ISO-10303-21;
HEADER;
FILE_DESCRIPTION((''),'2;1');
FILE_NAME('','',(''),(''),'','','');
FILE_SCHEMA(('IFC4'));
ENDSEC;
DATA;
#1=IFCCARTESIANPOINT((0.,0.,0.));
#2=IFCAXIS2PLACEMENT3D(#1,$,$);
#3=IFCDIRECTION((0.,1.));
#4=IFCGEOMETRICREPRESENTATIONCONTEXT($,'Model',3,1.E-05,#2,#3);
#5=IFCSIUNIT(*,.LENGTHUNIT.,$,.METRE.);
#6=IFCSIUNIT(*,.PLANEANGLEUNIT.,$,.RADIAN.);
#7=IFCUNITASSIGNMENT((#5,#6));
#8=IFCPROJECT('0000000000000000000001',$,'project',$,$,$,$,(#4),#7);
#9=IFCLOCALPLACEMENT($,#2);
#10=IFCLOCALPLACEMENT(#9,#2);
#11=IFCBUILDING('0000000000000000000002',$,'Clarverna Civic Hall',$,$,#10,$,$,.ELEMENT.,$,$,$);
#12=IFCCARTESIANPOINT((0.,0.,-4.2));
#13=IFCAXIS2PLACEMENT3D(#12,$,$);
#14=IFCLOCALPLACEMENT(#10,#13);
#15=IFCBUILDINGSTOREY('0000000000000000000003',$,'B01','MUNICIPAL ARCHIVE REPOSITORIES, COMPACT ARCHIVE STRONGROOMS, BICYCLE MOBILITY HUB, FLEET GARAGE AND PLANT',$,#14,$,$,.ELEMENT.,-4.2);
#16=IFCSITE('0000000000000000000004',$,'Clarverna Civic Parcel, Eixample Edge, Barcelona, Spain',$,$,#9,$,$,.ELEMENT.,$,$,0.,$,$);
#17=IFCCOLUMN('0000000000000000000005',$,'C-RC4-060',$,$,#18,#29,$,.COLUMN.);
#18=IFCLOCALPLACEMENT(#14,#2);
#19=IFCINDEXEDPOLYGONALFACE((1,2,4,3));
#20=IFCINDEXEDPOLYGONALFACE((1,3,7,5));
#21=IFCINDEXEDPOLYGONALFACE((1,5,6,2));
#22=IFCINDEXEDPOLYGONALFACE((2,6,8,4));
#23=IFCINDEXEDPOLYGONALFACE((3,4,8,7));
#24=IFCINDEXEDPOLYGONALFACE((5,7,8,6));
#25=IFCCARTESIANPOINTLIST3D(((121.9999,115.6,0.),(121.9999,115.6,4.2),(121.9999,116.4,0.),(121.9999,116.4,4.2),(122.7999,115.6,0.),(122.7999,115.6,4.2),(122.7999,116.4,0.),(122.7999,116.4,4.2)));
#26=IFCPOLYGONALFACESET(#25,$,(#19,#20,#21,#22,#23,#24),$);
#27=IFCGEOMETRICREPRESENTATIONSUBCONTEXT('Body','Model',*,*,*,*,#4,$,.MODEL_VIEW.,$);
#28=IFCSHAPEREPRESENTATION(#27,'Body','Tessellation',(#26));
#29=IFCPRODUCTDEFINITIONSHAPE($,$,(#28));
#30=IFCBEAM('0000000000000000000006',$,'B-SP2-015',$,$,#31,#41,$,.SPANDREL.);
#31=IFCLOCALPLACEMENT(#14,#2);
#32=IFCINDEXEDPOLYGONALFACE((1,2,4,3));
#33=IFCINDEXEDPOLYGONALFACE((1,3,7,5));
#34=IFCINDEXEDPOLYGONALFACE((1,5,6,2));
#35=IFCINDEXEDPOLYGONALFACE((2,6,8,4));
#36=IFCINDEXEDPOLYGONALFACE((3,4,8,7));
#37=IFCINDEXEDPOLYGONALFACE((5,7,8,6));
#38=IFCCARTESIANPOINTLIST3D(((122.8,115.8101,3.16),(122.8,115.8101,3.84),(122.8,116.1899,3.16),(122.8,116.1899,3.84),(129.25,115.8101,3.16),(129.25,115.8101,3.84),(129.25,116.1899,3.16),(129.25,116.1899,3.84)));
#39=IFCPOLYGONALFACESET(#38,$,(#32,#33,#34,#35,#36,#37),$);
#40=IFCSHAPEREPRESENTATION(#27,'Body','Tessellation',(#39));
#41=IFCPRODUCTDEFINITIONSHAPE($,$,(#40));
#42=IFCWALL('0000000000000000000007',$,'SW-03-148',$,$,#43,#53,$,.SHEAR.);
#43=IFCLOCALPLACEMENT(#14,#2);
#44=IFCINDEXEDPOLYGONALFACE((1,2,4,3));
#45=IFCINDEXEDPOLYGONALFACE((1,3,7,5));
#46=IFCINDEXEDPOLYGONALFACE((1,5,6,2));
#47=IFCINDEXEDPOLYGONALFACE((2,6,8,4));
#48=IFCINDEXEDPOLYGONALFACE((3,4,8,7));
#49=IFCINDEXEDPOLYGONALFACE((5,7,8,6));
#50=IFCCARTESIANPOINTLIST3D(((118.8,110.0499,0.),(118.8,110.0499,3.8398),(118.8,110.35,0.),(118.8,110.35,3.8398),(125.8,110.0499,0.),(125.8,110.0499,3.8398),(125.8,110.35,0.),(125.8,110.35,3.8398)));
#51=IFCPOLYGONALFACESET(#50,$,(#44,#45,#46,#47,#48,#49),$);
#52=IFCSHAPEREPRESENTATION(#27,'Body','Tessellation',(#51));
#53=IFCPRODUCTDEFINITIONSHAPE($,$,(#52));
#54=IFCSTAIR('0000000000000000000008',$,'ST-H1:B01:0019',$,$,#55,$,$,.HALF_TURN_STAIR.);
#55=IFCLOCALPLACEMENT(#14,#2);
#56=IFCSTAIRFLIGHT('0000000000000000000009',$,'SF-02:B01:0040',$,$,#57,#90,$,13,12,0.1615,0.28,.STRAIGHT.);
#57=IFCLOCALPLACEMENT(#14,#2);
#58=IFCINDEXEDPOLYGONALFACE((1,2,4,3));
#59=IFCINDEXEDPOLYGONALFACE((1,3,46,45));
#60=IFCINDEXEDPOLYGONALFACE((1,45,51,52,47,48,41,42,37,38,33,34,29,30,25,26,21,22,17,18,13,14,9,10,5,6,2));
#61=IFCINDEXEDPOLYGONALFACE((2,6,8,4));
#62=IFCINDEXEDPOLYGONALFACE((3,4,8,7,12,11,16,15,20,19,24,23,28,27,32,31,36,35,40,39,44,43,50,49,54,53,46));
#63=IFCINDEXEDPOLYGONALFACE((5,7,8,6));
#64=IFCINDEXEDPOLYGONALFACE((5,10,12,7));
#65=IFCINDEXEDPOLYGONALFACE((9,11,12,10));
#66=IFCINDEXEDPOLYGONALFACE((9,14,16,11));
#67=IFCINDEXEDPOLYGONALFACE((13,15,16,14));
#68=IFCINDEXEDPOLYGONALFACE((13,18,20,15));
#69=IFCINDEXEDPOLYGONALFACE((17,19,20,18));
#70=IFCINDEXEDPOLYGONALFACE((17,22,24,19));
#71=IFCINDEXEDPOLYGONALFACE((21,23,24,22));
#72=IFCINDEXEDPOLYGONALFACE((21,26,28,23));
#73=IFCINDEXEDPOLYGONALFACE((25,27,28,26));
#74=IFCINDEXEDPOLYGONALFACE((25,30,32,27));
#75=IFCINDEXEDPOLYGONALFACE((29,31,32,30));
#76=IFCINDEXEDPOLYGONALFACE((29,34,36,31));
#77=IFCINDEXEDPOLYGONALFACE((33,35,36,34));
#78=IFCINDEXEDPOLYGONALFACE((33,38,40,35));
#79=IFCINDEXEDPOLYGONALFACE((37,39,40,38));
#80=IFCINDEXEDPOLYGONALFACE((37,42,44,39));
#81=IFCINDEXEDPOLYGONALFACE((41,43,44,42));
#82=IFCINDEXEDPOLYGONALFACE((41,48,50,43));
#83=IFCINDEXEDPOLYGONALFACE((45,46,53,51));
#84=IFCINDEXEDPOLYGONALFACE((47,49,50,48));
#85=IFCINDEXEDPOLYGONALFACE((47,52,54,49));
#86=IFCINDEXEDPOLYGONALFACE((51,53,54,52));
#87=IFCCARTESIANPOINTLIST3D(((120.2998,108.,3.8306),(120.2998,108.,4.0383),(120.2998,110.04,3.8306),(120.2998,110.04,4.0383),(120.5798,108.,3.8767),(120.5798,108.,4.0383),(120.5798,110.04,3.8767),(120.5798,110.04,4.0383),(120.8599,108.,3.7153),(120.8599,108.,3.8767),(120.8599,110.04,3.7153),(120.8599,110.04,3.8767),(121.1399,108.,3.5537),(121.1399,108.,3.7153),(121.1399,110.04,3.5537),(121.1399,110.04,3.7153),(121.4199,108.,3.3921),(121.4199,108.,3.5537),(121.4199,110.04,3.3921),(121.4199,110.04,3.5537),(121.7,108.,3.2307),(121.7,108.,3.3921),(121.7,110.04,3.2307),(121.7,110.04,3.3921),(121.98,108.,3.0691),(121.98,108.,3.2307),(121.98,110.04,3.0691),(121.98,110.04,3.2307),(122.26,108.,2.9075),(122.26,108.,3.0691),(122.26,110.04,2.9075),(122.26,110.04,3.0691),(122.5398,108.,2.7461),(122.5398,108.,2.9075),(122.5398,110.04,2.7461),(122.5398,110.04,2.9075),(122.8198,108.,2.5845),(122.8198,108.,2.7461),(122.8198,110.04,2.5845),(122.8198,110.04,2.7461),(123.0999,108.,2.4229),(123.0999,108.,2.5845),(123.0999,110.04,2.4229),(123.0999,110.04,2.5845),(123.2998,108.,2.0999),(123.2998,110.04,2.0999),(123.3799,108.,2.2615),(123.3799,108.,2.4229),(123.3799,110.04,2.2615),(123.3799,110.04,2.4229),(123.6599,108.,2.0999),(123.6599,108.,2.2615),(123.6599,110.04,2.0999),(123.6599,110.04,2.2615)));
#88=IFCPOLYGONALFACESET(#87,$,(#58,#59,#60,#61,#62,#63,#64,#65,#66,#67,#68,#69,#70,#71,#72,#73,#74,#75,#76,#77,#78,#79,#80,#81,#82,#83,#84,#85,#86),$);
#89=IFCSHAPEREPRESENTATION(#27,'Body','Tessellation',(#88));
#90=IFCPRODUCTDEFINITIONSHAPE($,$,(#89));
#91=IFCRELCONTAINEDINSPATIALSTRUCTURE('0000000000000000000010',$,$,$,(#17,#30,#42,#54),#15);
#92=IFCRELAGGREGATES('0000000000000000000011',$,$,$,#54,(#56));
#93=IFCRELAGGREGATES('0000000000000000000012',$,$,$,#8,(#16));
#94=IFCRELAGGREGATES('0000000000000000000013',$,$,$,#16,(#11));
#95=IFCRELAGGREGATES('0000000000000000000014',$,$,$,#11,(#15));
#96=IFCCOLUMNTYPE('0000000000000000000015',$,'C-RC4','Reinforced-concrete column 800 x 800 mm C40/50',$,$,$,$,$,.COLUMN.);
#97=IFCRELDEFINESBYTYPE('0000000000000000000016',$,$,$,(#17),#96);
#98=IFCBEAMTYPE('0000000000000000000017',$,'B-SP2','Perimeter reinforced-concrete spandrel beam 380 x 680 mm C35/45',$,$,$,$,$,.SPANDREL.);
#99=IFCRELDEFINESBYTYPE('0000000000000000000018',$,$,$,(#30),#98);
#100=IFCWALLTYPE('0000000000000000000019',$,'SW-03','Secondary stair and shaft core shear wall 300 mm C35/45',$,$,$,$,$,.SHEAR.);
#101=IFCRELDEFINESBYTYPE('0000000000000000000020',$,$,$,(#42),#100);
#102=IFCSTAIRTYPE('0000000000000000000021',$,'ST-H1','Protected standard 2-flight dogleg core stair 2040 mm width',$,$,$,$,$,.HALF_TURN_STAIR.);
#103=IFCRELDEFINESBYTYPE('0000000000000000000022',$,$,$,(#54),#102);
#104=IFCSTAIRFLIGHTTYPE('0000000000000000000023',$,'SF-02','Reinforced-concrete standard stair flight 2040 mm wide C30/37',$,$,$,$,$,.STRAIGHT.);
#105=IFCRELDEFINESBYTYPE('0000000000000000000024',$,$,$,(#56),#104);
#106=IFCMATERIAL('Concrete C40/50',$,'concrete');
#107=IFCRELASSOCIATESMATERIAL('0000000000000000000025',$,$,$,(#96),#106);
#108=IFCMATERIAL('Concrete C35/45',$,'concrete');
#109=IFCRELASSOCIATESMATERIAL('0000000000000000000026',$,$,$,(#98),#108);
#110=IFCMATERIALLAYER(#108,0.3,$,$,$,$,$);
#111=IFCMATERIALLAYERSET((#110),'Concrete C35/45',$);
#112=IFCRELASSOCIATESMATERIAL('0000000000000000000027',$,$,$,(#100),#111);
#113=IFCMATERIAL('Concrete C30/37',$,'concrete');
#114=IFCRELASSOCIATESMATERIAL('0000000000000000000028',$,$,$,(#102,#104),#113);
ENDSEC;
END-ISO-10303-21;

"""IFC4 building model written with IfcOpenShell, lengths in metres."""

from ifc_helpers import new_model, si_unit, direction, frame, frame_2d, origin, origin_2d, place, context, subcontext, project, spatial, polyline, rectangle, outline, extrude, material, layer, layer_set, material_profile, profile_set, type_object, element, aggregate, save


model = new_model("IFC4")

# Units and contexts
model_context = context("Model", 3, precision=1e-05, world=origin(), true_north=direction((0.0, 1.0)))
body_context = subcontext(model_context, "Body", "Model", "MODEL_VIEW")
ifc_project = project(units=[si_unit("LENGTHUNIT", "METRE"), si_unit("PLANEANGLEUNIT", "RADIAN")], contexts=[model_context])

# Site, building, storey
site_placement = place(None, origin())
site = spatial("IfcSite", under=ifc_project, at=site_placement, Name="Clarverna Civic Parcel, Eixample Edge, Barcelona, Spain", CompositionType="ELEMENT", RefElevation=0.0)
building_placement = place(site_placement, origin())
building = spatial("IfcBuilding", under=site, at=building_placement, Name="Clarverna Civic Hall", CompositionType="ELEMENT")
storey_placement = place(building_placement, frame((0.0, 0.0, -4.2)))
storey = spatial("IfcBuildingStorey", under=building, at=storey_placement, Name="B01", Description="MUNICIPAL ARCHIVE REPOSITORIES, COMPACT ARCHIVE STRONGROOMS, BICYCLE MOBILITY HUB, FLEET GARAGE AND PLANT", CompositionType="ELEMENT", Elevation=-4.2)

# Shared definitions
ifc_material_1 = material(Name="Concrete C30/37", Category="concrete")

# Column
ifc_material_2 = material(Name="Concrete C40/50", Category="concrete")
ifc_material_profile_1 = material_profile(ifc_material_2, rectangle(XDim=0.8, YDim=0.8, at=origin_2d()), Name="RC 800x800")
ifc_profile_set_1 = profile_set([ifc_material_profile_1], Name="Concrete C40/50")
column_type_1 = type_object("IfcColumnType", Name="C-RC4", Description="Reinforced-concrete column 800 x 800 mm C40/50", PredefinedType="COLUMN", material=ifc_profile_set_1)
column_1_placement = place(storey_placement, frame((122.3999, 116.0, 0.0), z_axis=(0.0, 0.0, 1.0), x_axis=(1.0, 0.0, 0.0)))
element("IfcColumn", 1, at=column_1_placement, inside=storey, type_object=column_type_1, Name="C-RC4-060", PredefinedType="COLUMN", context=body_context, shape_type="SweptSolid", body=[
    extrude(rectangle(XDim=0.8, YDim=0.8, at=origin_2d()), origin(), (0.0, 0.0, 1.0), 4.2),
])

# Beam
ifc_material_3 = material(Name="Concrete C35/45", Category="concrete")
ifc_material_profile_2 = material_profile(ifc_material_3, rectangle(XDim=0.3799, YDim=0.6799, at=origin_2d()), Name="RC 380x680")
ifc_profile_set_2 = profile_set([ifc_material_profile_2], Name="Concrete C35/45")
beam_type = type_object("IfcBeamType", Name="B-SP2", Description="Perimeter reinforced-concrete spandrel beam 380 x 680 mm C35/45", PredefinedType="SPANDREL", material=ifc_profile_set_2)
beam_placement = place(storey_placement, frame((122.8, 116.0, 3.5), z_axis=(1.0, 0.0, 0.0), x_axis=(0.0, 1.0, 0.0)))
element("IfcBeam", 2, at=beam_placement, inside=storey, type_object=beam_type, Name="B-SP2-015", PredefinedType="SPANDREL", context=body_context, shape_type="SweptSolid", body=[
    extrude(rectangle(XDim=0.3799, YDim=0.6799, at=origin_2d()), origin(), (0.0, 0.0, 1.0), 6.45),
])

# Wall
ifc_layer_1 = layer(ifc_material_3, 0.3)
ifc_layer_set_1 = layer_set([ifc_layer_1], Name="Concrete C35/45")
wall_type_1 = type_object("IfcWallType", Name="SW-03", Description="Secondary stair and shaft core shear wall 300 mm C35/45", PredefinedType="SHEAR", material=ifc_layer_set_1)
wall_1_placement = place(storey_placement, frame((118.8, 110.2, 0.0), z_axis=(0.0, 0.0, 1.0), x_axis=(1.0, 0.0, 0.0)))
element("IfcWall", 3, at=wall_1_placement, inside=storey, type_object=wall_type_1, Name="SW-03-148", PredefinedType="SHEAR", context=body_context, shape_type="SweptSolid", body=[
    extrude(rectangle(XDim=7.0, YDim=0.3, at=frame_2d((3.5, 0.0))), origin(), (0.0, 0.0, 1.0), 3.8398),
])

# Stair, stair flight
stair_type = type_object("IfcStairType", Name="ST-H1", Description="Protected standard 2-flight dogleg core stair 2040 mm width", PredefinedType="HALF_TURN_STAIR", material=ifc_material_1)
stair_placement = place(storey_placement, origin())
stair = element("IfcStair", 4, at=stair_placement, inside=storey, type_object=stair_type, Name="ST-H1:B01:0019", PredefinedType="HALF_TURN_STAIR")
stair_flight_type = type_object("IfcStairFlightType", Name="SF-02", Description="Reinforced-concrete standard stair flight 2040 mm wide C30/37", PredefinedType="STRAIGHT", material=ifc_material_1)
stair_flight_placement = place(storey_placement, frame((123.6599, 109.02, 2.0999), z_axis=(0.0, 0.0, 1.0), x_axis=(-1.0, 0.0, 0.0)))
stair_flight = element("IfcStairFlight", 5, at=stair_flight_placement, type_object=stair_flight_type, Name="SF-02:B01:0040", NumberOfRisers=13, NumberOfTreads=12, PredefinedType="STRAIGHT", RiserHeight=0.1615, TreadLength=0.28, context=body_context, shape_type="SweptSolid", body=[
    extrude(outline(polyline([(0.0, 0.0), (0.0, 0.1616), (0.28, 0.1616), (0.28, 0.323), (0.5601, 0.323), (0.5601, 0.4846), (0.8401, 0.4846), (0.8401, 0.6462), (1.1201, 0.6462), (1.1201, 0.8076), (1.3999, 0.8076), (1.3999, 0.9692), (1.6799, 0.9692), (1.6799, 1.1309), (1.96, 1.1309), (1.96, 1.2922), (2.24, 1.2922), (2.24, 1.4539), (2.52, 1.4539), (2.52, 1.6155), (2.8, 1.6155), (2.8, 1.7769), (3.0801, 1.7769), (3.0801, 1.9385), (3.3601, 1.9385), (3.3601, 2.1001), (3.3601, 1.7307), (0.3601, 0.0), (0.0, 0.0)])), frame((0.0, 1.02, 0.0), z_axis=(0.0, -1.0, 0.0), x_axis=(1.0, 0.0, 0.0)), (0.0, 0.0, 1.0), 2.04),
])
aggregate(stair, [stair_flight])

save(model, "model.ifc")
